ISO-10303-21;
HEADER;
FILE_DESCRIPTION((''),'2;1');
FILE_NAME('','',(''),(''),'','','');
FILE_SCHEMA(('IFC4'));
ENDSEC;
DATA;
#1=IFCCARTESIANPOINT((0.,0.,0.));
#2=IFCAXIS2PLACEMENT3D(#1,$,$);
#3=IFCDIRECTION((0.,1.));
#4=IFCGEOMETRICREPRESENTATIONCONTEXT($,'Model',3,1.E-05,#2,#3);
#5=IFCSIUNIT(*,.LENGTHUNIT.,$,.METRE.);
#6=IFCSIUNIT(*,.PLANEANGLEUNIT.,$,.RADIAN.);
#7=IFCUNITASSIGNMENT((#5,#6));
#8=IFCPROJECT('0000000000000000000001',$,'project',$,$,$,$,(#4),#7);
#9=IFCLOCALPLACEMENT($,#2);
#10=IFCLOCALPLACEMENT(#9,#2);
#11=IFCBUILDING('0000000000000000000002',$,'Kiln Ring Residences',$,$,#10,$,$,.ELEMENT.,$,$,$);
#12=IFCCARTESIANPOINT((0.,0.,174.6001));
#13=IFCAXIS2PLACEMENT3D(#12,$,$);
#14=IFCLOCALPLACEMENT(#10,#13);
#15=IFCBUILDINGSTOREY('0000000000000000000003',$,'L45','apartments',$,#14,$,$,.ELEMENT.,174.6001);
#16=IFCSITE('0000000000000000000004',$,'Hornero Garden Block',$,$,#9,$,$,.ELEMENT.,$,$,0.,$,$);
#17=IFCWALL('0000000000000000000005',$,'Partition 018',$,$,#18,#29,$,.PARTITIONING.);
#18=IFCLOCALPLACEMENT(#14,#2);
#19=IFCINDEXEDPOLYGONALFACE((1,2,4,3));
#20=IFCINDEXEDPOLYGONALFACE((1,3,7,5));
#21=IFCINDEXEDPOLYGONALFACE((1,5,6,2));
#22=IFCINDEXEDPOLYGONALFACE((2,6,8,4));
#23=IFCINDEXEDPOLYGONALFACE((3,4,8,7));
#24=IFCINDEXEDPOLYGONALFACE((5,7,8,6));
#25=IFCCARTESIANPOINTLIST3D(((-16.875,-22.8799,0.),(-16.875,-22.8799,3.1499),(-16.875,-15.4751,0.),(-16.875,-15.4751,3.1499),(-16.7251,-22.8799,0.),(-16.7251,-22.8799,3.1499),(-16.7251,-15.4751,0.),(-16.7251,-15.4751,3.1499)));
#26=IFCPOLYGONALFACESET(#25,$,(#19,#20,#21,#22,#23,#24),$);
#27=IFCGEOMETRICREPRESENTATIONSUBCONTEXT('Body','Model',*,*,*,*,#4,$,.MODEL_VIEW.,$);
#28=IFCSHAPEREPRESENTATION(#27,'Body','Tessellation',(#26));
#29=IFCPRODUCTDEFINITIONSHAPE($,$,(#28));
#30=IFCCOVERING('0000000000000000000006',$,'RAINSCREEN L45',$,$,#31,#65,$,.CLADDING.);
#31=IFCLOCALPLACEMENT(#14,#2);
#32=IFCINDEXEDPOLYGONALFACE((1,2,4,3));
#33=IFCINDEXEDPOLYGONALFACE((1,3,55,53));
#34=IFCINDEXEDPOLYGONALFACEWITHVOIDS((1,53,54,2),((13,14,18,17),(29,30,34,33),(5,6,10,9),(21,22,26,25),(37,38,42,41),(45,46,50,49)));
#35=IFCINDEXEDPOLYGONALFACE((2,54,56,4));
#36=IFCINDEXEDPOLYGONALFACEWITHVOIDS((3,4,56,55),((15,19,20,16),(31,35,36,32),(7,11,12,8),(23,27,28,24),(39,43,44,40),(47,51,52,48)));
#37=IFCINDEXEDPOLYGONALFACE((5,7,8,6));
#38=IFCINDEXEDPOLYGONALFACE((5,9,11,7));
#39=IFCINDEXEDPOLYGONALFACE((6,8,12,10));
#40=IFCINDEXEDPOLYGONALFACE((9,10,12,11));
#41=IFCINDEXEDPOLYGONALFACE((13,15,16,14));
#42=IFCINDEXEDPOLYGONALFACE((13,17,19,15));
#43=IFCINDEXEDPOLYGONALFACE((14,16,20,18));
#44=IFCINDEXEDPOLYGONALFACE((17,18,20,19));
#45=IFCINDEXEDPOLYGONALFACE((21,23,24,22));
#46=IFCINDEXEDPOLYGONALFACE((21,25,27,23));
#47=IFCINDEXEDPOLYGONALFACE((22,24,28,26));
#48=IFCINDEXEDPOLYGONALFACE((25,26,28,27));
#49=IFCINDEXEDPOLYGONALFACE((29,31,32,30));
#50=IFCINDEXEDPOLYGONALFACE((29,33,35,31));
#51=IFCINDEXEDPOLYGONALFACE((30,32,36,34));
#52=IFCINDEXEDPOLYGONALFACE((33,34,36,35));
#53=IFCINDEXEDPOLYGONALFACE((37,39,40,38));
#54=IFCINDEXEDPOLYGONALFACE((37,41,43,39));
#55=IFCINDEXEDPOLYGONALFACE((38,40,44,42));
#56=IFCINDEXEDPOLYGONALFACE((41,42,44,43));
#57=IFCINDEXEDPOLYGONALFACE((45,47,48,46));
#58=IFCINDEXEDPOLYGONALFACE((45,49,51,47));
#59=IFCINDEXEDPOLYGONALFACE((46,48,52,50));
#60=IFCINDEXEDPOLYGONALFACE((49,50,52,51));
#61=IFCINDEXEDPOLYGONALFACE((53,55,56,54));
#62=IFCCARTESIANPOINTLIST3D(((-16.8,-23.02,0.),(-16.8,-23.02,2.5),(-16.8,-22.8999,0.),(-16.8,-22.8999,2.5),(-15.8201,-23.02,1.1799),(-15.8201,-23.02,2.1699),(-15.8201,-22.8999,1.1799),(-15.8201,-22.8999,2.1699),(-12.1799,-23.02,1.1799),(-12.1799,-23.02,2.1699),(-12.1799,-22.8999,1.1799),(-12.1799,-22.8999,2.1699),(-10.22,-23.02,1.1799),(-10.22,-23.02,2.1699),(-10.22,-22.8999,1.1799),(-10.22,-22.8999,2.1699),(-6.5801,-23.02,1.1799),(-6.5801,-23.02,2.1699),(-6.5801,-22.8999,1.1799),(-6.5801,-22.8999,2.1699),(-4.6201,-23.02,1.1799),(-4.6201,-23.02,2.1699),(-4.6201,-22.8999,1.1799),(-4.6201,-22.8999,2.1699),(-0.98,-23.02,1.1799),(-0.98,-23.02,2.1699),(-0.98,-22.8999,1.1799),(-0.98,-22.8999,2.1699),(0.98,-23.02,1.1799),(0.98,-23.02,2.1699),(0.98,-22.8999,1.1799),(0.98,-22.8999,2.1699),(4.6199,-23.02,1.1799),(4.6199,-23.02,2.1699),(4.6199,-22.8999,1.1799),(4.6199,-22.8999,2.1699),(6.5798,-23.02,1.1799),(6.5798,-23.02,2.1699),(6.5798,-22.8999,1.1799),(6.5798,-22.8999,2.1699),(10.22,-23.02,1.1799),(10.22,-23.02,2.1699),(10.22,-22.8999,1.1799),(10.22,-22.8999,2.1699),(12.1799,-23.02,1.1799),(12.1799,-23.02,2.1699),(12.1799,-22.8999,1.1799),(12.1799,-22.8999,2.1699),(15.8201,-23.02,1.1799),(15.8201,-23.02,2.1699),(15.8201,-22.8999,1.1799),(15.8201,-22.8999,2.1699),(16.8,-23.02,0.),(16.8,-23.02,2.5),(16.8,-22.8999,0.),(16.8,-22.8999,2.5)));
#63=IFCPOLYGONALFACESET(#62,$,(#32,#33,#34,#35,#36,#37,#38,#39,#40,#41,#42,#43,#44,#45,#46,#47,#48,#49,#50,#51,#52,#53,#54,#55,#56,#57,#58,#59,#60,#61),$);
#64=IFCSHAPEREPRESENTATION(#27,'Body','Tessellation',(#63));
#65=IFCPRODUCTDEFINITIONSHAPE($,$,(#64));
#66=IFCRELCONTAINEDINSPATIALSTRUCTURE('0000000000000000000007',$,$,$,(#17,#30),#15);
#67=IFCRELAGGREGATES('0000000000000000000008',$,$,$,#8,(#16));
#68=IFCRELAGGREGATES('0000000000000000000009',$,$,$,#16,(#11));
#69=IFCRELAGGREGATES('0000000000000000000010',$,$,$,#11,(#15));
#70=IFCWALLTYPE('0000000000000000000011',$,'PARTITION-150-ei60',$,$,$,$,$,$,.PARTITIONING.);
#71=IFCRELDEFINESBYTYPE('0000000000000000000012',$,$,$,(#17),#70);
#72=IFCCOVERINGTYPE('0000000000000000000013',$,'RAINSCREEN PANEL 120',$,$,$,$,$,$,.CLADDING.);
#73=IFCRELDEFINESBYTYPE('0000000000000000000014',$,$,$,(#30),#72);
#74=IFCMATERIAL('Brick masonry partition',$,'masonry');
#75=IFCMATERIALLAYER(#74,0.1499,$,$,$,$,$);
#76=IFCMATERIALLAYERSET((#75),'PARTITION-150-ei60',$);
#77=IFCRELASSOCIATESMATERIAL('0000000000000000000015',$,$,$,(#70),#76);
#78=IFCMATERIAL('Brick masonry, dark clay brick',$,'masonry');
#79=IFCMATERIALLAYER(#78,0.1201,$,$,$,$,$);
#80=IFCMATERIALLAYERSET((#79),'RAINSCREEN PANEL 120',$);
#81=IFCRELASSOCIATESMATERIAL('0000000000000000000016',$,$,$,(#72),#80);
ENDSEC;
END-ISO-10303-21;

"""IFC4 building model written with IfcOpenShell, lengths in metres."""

from ifc_helpers import new_model, si_unit, direction, frame, frame_2d, origin, place, context, subcontext, project, spatial, polyline, rectangle, outline, extrude, material, layer, layer_set, type_object, element, save


model = new_model("IFC4")

# Units and contexts
model_context = context("Model", 3, precision=1e-05, world=origin(), true_north=direction((0.0, 1.0)))
body_context = subcontext(model_context, "Body", "Model", "MODEL_VIEW")
ifc_project = project(units=[si_unit("LENGTHUNIT", "METRE"), si_unit("PLANEANGLEUNIT", "RADIAN")], contexts=[model_context])

# Site, building, storey
site_placement = place(None, origin())
site = spatial("IfcSite", under=ifc_project, at=site_placement, Name="Hornero Garden Block", CompositionType="ELEMENT", RefElevation=0.0)
building_placement = place(site_placement, origin())
building = spatial("IfcBuilding", under=site, at=building_placement, Name="Kiln Ring Residences", CompositionType="ELEMENT")
storey_placement = place(building_placement, frame((0.0, 0.0, 174.6001)))
storey = spatial("IfcBuildingStorey", under=building, at=storey_placement, Name="L45", Description="apartments", CompositionType="ELEMENT", Elevation=174.6001)

# Wall
ifc_material_1 = material(Name="Brick masonry partition", Category="masonry")
ifc_layer_1 = layer(ifc_material_1, 0.1499)
ifc_layer_set_1 = layer_set([ifc_layer_1], Name="PARTITION-150-ei60")
wall_type_1 = type_object("IfcWallType", Name="PARTITION-150-ei60", PredefinedType="PARTITIONING", material=ifc_layer_set_1)
wall_1_placement = place(storey_placement, frame((-16.8, -22.8799, 0.0), z_axis=(0.0, 0.0, 1.0), x_axis=(0.0, 1.0, 0.0)))
element("IfcWall", 1, at=wall_1_placement, inside=storey, type_object=wall_type_1, Name="Partition 018", PredefinedType="PARTITIONING", context=body_context, shape_type="SweptSolid", body=[
    extrude(rectangle(XDim=7.4048, YDim=0.1499, at=frame_2d((3.7024, 0.0))), origin(), (0.0, 0.0, 1.0), 3.1499),
])

# Covering
ifc_material_2 = material(Name="Brick masonry, dark clay brick", Category="masonry")
ifc_layer_2 = layer(ifc_material_2, 0.1201)
ifc_layer_set_2 = layer_set([ifc_layer_2], Name="RAINSCREEN PANEL 120")
covering_type = type_object("IfcCoveringType", Name="RAINSCREEN PANEL 120", PredefinedType="CLADDING", material=ifc_layer_set_2)
covering_placement = place(storey_placement, frame((-16.8, -22.96, 0.0), z_axis=(0.0, 0.0, 1.0), x_axis=(1.0, 0.0, 0.0)))
element("IfcCovering", 2, at=covering_placement, inside=storey, type_object=covering_type, Name="RAINSCREEN L45", PredefinedType="CLADDING", context=body_context, shape_type="SweptSolid", body=[
    extrude(outline(polyline([(0.0, 0.0), (33.6001, 0.0), (33.6001, 2.5), (0.0, 2.5), (0.0, 0.0)]), holes=[polyline([(4.6201, 1.1799), (4.6201, 2.1699), (0.98, 2.1699), (0.98, 1.1799), (4.6201, 1.1799)]), polyline([(6.5801, 1.1799), (10.22, 1.1799), (10.22, 2.1699), (6.5801, 2.1699), (6.5801, 1.1799)]), polyline([(12.1799, 1.1799), (15.8201, 1.1799), (15.8201, 2.1699), (12.1799, 2.1699), (12.1799, 1.1799)]), polyline([(21.4199, 1.1799), (21.4199, 2.1699), (17.78, 2.1699), (17.78, 1.1799), (21.4199, 1.1799)]), polyline([(23.3799, 1.1799), (27.02, 1.1799), (27.02, 2.1699), (23.3799, 2.1699), (23.3799, 1.1799)]), polyline([(28.98, 1.1799), (32.6201, 1.1799), (32.6201, 2.1699), (28.98, 2.1699), (28.98, 1.1799)])]), frame((0.0, 0.0601, 0.0), z_axis=(0.0, -1.0, 0.0), x_axis=(1.0, 0.0, 0.0)), (0.0, 0.0, 1.0), 0.1201),
])

save(model, "model.ifc")
